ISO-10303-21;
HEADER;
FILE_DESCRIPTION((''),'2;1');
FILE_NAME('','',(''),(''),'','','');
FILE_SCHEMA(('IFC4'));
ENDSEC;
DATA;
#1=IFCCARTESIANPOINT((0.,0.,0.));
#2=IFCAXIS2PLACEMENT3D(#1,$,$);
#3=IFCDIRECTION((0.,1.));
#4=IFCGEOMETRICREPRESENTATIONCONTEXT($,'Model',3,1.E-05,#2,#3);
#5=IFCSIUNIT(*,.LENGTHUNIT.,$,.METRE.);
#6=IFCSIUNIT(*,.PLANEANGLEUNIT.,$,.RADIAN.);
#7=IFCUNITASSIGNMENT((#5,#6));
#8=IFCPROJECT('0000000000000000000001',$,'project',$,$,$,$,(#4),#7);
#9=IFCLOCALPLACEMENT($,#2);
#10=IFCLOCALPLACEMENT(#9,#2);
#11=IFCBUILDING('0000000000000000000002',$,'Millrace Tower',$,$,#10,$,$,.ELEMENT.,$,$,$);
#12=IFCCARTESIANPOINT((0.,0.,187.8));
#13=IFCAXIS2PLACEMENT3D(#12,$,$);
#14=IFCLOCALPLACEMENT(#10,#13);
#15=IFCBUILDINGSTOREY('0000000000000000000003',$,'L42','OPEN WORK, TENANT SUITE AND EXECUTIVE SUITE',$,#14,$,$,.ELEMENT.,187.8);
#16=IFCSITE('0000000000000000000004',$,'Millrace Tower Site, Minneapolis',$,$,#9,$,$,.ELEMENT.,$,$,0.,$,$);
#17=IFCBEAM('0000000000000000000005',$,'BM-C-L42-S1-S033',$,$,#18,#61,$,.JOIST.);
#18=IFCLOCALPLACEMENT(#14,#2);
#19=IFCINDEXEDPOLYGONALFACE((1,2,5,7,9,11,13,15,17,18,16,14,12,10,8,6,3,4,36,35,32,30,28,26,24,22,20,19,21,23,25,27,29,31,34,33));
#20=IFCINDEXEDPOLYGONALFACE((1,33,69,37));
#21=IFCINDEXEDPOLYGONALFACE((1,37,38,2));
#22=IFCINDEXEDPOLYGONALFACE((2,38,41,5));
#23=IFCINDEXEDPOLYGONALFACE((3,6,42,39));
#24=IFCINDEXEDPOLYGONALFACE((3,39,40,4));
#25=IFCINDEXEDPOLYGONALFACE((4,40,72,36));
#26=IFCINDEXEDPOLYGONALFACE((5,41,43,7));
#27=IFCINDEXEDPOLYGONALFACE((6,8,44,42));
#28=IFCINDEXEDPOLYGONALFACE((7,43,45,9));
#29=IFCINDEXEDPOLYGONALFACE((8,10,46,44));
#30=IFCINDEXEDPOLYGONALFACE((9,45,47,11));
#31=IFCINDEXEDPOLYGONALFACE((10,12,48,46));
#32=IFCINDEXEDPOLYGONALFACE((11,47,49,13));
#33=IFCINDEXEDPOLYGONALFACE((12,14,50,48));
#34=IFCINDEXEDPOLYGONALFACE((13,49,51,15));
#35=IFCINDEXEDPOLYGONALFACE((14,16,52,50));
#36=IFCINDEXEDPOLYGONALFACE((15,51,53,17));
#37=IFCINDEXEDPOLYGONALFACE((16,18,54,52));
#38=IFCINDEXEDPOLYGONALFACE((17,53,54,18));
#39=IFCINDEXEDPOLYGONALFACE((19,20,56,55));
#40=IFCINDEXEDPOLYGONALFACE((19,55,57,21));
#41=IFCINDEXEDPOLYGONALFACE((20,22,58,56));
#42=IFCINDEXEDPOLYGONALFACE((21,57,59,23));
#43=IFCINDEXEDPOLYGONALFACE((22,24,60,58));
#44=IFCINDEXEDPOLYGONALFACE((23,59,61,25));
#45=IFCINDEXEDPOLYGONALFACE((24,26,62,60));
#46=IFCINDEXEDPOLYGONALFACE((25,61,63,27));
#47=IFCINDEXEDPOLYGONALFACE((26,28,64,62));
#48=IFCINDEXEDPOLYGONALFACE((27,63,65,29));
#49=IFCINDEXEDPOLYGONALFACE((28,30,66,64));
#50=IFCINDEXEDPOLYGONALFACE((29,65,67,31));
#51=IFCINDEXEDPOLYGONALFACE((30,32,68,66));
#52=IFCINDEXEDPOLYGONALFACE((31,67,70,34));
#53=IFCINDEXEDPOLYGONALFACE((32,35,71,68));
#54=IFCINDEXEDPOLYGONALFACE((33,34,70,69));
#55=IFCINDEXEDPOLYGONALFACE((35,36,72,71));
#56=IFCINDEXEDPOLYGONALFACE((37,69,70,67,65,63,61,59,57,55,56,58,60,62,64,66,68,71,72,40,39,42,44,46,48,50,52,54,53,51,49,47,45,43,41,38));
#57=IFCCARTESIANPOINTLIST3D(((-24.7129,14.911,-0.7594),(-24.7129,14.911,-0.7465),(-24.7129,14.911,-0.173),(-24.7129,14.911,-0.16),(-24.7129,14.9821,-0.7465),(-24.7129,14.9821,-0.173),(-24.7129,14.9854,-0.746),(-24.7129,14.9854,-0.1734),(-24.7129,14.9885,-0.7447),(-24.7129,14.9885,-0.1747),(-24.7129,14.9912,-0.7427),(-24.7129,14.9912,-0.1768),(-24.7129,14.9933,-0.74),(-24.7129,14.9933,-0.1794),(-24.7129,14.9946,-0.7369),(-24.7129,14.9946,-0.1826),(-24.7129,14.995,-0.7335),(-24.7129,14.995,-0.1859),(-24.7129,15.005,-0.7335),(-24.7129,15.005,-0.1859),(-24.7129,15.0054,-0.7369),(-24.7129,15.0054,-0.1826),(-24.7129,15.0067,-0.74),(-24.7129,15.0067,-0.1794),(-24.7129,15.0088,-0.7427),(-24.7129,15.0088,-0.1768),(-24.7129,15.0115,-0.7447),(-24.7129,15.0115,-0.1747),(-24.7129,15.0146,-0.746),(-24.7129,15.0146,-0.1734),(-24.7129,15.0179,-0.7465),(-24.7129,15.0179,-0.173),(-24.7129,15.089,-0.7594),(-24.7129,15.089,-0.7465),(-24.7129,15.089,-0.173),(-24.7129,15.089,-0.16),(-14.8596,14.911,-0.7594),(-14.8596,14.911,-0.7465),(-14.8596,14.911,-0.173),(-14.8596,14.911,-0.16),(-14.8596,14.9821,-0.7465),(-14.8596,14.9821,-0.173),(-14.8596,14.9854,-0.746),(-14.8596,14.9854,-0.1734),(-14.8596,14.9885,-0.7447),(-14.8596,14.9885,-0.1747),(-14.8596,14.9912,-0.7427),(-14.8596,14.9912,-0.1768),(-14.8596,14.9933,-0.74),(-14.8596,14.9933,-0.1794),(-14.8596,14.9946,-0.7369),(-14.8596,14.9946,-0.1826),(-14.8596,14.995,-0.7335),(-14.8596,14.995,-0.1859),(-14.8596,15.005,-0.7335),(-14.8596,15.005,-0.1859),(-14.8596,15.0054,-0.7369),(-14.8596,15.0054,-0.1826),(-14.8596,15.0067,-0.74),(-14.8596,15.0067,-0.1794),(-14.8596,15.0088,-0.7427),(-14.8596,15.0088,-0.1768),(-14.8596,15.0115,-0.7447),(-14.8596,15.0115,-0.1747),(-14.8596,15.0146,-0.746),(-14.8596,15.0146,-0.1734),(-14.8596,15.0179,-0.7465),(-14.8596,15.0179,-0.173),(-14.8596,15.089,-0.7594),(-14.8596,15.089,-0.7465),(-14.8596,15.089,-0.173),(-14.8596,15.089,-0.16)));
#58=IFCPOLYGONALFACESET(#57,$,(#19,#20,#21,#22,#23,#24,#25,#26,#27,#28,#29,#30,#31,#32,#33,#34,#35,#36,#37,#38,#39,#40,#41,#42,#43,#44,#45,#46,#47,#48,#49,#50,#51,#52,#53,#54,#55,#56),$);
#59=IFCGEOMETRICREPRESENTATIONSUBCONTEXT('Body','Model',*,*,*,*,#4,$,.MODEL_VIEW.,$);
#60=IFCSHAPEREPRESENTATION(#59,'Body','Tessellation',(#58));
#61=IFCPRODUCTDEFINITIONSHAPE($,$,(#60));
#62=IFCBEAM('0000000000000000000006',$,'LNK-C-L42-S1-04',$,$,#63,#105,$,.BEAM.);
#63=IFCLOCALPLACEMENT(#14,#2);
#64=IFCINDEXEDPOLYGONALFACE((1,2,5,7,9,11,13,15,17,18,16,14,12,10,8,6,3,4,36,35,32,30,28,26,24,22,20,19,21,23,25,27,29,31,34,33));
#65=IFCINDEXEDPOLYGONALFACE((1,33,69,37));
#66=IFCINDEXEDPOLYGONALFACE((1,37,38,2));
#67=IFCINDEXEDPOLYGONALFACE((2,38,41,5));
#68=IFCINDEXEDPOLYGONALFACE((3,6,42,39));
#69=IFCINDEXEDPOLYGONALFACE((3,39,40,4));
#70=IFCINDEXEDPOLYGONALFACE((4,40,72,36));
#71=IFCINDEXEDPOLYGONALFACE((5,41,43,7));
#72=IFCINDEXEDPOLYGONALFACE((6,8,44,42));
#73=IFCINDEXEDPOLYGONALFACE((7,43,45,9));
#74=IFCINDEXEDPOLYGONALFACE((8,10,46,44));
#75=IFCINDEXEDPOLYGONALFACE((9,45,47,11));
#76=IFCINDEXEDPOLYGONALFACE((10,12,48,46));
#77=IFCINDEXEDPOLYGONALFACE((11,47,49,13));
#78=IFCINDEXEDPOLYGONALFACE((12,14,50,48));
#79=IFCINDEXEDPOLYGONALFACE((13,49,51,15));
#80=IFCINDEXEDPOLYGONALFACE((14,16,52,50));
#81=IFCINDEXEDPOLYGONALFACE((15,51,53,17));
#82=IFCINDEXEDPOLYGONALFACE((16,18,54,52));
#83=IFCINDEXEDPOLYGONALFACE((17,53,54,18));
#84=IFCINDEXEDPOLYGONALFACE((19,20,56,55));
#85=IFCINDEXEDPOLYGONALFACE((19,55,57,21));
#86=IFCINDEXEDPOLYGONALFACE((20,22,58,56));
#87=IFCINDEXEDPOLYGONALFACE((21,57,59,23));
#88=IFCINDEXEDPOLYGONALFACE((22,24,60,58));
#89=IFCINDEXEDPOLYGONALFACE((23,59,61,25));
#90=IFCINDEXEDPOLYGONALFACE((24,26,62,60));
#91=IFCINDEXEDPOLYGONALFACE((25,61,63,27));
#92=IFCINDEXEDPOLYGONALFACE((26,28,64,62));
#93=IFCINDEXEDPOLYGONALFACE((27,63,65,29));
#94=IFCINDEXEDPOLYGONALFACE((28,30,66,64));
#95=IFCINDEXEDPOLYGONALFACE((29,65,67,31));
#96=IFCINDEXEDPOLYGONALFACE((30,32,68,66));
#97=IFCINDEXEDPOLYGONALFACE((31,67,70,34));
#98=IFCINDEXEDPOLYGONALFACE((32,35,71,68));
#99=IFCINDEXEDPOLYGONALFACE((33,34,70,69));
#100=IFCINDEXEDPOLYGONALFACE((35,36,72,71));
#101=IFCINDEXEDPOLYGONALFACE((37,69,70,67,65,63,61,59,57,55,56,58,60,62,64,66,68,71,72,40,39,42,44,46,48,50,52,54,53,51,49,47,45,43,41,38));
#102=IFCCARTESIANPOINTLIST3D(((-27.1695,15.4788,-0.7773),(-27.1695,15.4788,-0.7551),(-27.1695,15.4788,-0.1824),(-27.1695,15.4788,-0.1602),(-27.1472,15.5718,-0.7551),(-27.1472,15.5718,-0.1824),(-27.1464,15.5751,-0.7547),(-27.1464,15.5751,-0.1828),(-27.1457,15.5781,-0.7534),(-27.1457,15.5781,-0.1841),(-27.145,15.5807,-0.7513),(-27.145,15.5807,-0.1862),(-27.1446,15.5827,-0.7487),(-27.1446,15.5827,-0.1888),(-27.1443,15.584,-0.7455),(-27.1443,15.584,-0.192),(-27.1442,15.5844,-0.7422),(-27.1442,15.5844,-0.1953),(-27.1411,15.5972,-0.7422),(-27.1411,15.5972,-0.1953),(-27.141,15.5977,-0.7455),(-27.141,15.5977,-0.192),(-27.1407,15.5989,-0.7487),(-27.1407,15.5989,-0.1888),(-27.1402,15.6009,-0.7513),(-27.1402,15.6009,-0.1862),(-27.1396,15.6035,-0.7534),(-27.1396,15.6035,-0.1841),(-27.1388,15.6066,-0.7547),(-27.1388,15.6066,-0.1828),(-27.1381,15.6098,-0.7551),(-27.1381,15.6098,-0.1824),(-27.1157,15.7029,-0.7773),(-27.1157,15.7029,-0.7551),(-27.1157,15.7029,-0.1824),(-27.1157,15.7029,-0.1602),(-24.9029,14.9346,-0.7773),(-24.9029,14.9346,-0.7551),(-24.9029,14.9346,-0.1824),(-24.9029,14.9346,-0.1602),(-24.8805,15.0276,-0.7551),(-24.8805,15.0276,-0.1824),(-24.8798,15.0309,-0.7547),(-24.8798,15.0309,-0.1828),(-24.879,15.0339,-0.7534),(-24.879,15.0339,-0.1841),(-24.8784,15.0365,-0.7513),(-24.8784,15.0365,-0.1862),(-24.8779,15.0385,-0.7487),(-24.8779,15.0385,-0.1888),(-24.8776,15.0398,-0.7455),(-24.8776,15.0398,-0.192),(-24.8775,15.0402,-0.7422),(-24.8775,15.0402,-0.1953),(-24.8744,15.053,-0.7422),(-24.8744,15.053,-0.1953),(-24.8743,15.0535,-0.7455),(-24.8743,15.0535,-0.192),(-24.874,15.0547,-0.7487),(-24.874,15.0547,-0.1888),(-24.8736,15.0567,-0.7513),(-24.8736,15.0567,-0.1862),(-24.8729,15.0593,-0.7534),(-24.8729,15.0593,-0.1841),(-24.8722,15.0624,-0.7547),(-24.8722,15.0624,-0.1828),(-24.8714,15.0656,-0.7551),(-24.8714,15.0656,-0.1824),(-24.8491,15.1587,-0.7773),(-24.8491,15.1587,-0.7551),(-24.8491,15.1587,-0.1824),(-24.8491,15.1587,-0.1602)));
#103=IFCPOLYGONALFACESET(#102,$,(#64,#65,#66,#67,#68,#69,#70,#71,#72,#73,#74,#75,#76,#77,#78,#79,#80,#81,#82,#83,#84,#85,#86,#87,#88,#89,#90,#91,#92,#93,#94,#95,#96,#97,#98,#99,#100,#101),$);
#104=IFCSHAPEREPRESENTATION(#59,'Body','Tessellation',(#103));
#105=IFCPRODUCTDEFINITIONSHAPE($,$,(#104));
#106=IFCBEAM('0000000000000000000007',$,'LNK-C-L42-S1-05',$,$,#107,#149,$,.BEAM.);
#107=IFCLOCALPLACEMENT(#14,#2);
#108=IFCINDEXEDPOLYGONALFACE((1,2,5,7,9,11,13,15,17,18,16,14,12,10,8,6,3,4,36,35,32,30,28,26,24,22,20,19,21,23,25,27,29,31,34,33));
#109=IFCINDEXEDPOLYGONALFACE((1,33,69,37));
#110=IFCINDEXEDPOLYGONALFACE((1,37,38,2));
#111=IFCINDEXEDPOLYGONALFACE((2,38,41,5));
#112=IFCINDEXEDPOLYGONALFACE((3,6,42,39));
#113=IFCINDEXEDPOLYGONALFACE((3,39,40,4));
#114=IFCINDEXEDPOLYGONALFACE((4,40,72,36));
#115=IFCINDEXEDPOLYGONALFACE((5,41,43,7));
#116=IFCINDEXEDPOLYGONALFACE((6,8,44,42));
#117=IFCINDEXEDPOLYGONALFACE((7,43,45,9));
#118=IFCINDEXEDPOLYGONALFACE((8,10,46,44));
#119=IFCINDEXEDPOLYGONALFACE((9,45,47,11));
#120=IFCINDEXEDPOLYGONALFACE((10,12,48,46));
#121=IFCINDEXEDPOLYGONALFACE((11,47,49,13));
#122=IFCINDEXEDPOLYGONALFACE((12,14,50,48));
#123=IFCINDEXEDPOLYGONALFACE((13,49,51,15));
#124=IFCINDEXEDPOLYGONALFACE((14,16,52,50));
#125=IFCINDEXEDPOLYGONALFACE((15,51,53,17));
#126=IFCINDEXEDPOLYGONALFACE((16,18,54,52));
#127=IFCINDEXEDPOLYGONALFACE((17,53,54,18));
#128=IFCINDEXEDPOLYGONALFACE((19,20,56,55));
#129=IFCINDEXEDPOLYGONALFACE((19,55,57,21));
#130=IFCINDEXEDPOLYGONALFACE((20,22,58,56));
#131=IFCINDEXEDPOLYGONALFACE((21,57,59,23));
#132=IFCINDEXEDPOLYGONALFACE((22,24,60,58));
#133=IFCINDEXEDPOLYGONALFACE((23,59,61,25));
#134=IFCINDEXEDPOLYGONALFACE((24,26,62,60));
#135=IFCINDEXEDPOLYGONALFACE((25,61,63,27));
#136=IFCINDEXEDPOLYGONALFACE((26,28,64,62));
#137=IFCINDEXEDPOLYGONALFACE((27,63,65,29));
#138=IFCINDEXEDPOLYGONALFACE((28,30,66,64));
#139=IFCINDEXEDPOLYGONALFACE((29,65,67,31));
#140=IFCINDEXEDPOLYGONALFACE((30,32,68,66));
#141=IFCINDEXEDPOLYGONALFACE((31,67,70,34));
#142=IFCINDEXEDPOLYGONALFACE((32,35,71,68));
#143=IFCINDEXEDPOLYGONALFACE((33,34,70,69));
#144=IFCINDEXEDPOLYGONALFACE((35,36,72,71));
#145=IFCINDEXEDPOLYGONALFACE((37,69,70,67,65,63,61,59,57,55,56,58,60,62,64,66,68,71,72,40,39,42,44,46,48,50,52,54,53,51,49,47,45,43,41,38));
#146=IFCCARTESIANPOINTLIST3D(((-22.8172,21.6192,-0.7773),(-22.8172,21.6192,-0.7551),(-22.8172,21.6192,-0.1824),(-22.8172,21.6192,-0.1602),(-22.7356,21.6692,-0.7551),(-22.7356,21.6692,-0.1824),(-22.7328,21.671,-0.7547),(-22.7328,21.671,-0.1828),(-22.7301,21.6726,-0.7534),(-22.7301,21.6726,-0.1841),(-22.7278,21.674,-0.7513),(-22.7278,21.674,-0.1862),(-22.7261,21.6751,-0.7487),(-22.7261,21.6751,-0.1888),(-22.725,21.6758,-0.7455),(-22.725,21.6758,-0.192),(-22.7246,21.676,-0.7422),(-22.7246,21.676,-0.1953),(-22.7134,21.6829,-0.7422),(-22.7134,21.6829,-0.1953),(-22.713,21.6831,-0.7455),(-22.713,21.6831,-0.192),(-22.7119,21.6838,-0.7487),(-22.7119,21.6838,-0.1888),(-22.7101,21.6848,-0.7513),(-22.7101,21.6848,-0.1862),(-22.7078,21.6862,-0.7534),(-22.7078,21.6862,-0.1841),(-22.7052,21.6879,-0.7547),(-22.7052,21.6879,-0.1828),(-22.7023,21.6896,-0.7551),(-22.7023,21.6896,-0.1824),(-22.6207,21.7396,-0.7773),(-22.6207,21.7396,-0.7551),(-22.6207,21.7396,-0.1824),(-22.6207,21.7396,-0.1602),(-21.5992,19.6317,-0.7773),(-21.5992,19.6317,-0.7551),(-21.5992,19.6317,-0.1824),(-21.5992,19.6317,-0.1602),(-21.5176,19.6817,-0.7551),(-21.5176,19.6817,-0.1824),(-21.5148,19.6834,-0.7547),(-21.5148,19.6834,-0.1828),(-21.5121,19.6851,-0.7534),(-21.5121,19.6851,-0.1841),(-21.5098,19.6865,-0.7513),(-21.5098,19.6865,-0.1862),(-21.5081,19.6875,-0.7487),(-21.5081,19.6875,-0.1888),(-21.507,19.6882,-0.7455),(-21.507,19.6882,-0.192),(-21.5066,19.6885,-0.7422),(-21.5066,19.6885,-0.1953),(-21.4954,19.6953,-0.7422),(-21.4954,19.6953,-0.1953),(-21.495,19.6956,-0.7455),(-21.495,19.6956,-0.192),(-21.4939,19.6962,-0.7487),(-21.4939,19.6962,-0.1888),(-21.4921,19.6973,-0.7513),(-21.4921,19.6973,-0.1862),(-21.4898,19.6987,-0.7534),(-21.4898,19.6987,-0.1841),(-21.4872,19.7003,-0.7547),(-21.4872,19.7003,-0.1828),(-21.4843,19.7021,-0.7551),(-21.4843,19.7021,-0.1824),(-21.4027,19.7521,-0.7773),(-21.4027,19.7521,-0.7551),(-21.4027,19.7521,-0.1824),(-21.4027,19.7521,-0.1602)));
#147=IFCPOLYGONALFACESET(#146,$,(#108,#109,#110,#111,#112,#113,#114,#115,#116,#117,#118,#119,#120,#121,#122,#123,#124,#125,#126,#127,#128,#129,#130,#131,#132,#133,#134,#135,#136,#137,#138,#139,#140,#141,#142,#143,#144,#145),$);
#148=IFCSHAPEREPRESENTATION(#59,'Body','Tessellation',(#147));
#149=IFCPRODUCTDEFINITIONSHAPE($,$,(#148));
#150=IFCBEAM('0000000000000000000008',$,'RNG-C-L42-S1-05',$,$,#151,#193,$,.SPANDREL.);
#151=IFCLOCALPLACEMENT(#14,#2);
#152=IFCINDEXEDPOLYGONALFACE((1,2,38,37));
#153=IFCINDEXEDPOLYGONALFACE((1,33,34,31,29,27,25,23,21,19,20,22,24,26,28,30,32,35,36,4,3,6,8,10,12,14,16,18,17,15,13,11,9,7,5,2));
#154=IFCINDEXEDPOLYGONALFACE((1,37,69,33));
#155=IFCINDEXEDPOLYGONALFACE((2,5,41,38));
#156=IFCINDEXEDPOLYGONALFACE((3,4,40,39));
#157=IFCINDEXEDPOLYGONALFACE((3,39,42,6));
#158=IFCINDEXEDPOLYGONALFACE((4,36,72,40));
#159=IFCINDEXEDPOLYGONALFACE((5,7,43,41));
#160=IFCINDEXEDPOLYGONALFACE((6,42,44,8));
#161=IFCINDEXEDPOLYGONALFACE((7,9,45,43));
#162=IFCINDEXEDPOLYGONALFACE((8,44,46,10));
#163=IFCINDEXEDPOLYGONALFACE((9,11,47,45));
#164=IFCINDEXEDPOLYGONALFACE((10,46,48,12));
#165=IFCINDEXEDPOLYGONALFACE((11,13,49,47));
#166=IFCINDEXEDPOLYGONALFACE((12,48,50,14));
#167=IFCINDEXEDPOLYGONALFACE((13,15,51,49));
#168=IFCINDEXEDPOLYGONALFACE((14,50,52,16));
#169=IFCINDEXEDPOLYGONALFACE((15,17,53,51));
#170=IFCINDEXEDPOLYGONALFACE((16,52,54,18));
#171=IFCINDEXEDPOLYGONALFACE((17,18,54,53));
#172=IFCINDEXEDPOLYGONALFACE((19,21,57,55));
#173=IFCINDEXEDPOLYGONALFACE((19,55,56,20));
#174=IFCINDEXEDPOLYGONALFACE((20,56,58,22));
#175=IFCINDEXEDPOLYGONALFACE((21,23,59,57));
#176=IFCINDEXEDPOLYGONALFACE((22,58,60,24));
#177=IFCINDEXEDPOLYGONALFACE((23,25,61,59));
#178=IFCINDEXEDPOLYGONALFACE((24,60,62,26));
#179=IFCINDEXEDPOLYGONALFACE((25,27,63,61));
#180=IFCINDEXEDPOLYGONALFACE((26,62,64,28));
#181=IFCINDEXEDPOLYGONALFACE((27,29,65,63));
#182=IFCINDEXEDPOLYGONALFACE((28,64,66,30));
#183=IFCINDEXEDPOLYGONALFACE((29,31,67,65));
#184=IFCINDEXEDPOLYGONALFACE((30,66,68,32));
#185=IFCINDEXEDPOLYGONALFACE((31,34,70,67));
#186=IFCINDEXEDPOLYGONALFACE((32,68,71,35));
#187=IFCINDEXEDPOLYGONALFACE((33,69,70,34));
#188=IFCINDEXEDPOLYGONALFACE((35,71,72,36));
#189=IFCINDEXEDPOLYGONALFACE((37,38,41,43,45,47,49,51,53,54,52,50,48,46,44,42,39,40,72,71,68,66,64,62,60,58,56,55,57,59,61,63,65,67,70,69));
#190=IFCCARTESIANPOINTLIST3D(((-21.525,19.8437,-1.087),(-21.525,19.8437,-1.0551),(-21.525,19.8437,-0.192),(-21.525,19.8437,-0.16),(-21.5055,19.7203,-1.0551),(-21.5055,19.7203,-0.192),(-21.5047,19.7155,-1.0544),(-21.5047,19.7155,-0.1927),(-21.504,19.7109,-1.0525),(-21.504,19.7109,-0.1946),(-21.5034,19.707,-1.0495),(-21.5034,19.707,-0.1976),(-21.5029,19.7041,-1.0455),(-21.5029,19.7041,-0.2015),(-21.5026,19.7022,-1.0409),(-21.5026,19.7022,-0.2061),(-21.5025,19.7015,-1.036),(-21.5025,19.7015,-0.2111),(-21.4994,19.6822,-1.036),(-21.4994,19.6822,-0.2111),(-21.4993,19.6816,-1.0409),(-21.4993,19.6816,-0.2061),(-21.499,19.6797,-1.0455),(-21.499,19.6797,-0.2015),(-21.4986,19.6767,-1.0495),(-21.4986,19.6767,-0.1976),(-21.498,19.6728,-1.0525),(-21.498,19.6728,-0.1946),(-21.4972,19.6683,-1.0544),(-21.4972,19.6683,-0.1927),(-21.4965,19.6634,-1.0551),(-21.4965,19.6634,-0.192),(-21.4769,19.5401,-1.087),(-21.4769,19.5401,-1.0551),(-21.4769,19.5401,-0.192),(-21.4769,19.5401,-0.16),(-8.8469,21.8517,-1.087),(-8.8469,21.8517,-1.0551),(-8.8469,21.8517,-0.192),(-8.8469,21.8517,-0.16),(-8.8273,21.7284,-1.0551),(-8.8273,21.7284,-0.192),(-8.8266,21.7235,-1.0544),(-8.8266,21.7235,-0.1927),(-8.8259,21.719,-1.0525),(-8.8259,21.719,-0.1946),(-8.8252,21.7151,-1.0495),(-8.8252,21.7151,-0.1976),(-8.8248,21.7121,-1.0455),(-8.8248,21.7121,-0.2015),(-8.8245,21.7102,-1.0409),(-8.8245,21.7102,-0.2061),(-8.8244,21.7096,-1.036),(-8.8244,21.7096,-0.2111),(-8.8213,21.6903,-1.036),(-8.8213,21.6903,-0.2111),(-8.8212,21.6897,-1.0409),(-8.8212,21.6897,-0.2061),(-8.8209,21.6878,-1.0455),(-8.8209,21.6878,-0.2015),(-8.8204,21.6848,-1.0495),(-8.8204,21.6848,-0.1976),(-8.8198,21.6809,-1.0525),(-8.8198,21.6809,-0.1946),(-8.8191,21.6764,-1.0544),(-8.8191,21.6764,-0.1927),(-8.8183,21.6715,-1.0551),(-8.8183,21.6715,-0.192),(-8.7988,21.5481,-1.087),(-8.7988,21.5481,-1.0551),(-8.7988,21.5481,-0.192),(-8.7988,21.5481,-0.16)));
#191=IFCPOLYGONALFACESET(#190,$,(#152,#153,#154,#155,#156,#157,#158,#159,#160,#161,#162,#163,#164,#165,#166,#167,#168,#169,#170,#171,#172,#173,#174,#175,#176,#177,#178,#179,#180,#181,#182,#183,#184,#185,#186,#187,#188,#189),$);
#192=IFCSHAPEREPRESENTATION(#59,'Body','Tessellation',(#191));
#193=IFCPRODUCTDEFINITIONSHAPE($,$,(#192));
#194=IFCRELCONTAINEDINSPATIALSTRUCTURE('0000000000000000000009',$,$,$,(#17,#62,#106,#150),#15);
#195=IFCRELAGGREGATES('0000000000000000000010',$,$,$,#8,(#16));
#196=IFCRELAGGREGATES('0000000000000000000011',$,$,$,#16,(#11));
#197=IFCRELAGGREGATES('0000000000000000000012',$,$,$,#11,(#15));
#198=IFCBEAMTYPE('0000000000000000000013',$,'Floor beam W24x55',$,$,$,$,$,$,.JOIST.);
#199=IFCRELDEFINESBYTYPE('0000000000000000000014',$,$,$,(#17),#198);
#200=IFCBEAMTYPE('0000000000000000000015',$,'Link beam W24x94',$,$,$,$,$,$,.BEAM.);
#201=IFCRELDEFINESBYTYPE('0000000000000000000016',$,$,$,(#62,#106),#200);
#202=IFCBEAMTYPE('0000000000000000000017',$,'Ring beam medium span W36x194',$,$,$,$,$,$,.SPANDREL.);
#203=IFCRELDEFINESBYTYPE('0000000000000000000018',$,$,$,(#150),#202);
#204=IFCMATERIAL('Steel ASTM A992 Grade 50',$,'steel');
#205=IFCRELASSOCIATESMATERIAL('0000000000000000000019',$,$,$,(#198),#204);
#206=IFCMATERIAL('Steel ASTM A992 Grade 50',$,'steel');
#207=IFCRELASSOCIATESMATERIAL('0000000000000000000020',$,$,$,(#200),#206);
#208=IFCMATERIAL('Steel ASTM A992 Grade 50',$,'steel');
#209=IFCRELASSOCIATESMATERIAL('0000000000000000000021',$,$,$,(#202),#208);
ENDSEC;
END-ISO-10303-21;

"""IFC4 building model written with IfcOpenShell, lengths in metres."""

from ifc_helpers import new_model, si_unit, direction, frame, origin, origin_2d, place, context, subcontext, project, spatial, i_section, extrude, material, material_profile, profile_set, type_object, element, save


model = new_model("IFC4")

# Units and contexts
model_context = context("Model", 3, precision=1e-05, world=origin(), true_north=direction((0.0, 1.0)))
body_context = subcontext(model_context, "Body", "Model", "MODEL_VIEW")
ifc_project = project(units=[si_unit("LENGTHUNIT", "METRE"), si_unit("PLANEANGLEUNIT", "RADIAN")], contexts=[model_context])

# Site, building, storey
site_placement = place(None, origin())
site = spatial("IfcSite", under=ifc_project, at=site_placement, Name="Millrace Tower Site, Minneapolis", CompositionType="ELEMENT", RefElevation=0.0)
building_placement = place(site_placement, origin())
building = spatial("IfcBuilding", under=site, at=building_placement, Name="Millrace Tower", CompositionType="ELEMENT")
storey_placement = place(building_placement, frame((0.0, 0.0, 187.8)))
storey = spatial("IfcBuildingStorey", under=building, at=storey_placement, Name="L42", Description="OPEN WORK, TENANT SUITE AND EXECUTIVE SUITE", CompositionType="ELEMENT", Elevation=187.8)

# Beams
ifc_material_1 = material(Name="Steel ASTM A992 Grade 50", Category="steel")
ifc_material_profile_1 = material_profile(ifc_material_1, i_section(OverallWidth=0.178, OverallDepth=0.5994, WebThickness=0.01, FlangeThickness=0.0129, FilletRadius=0.0129, at=origin_2d()))
ifc_profile_set_1 = profile_set([ifc_material_profile_1], Name="Steel ASTM A992 Grade 50")
beam_type_1 = type_object("IfcBeamType", Name="Floor beam W24x55", PredefinedType="JOIST", material=ifc_profile_set_1)
beam_1_placement = place(storey_placement, frame((-24.7129, 15.0, -0.4597), z_axis=(1.0, 0.0, 0.0), x_axis=(0.0, 1.0, 0.0)))
element("IfcBeam", 1, at=beam_1_placement, inside=storey, type_object=beam_type_1, Name="BM-C-L42-S1-S033", PredefinedType="JOIST", context=body_context, shape_type="SweptSolid", body=[
    extrude(i_section(OverallWidth=0.178, OverallDepth=0.5994, WebThickness=0.01, FlangeThickness=0.0129, FilletRadius=0.0129, at=origin_2d()), origin(), (0.0, 0.0, 1.0), 9.8533),
])
ifc_material_2 = material(Name="Steel ASTM A992 Grade 50", Category="steel")
ifc_material_profile_2 = material_profile(ifc_material_2, i_section(OverallWidth=0.2305, OverallDepth=0.6172, WebThickness=0.0132, FlangeThickness=0.0222, FilletRadius=0.0129, at=origin_2d()))
ifc_profile_set_2 = profile_set([ifc_material_profile_2], Name="Steel ASTM A992 Grade 50")
beam_type_2 = type_object("IfcBeamType", Name="Link beam W24x94", PredefinedType="BEAM", material=ifc_profile_set_2)
for number, where, z_axis, x_axis, name in (
    (2, (-24.876, 15.0466, -0.4688), (-0.972367, 0.233456, 0.0), (-0.233456, -0.972367, 0.0), "LNK-C-L42-S1-04"),
    (3, (-21.501, 19.6919, -0.4688), (-0.522513, 0.852631, 0.0), (-0.852631, -0.522513, 0.0), "LNK-C-L42-S1-05"),
):
    element("IfcBeam", number, at=place(storey_placement, frame(where, z_axis=z_axis, x_axis=x_axis)), inside=storey, type_object=beam_type_2, Name=name, PredefinedType="BEAM", context=body_context, shape_type="SweptSolid", body=[
        extrude(i_section(OverallWidth=0.2305, OverallDepth=0.6172, WebThickness=0.0132, FlangeThickness=0.0222, FilletRadius=0.0129, at=origin_2d()), origin(), (0.0, 0.0, 1.0), 2.3311),
    ])
ifc_material_3 = material(Name="Steel ASTM A992 Grade 50", Category="steel")
ifc_material_profile_3 = material_profile(ifc_material_3, i_section(OverallWidth=0.3074, OverallDepth=0.927, WebThickness=0.0195, FlangeThickness=0.032, FilletRadius=0.019, at=origin_2d()))
ifc_profile_set_3 = profile_set([ifc_material_profile_3], Name="Steel ASTM A992 Grade 50")
beam_type_3 = type_object("IfcBeamType", Name="Ring beam medium span W36x194", PredefinedType="SPANDREL", material=ifc_profile_set_3)
beam_2_placement = place(storey_placement, frame((-21.501, 19.6919, -0.6235), z_axis=(0.987688, 0.156436, 0.0), x_axis=(-0.156436, 0.987688, 0.0)))
element("IfcBeam", 4, at=beam_2_placement, inside=storey, type_object=beam_type_3, Name="RNG-C-L42-S1-05", PredefinedType="SPANDREL", context=body_context, shape_type="SweptSolid", body=[
    extrude(i_section(OverallWidth=0.3074, OverallDepth=0.927, WebThickness=0.0195, FlangeThickness=0.032, FilletRadius=0.019, at=origin_2d()), origin(), (0.0, 0.0, 1.0), 12.8362),
])

save(model, "model.ifc")
